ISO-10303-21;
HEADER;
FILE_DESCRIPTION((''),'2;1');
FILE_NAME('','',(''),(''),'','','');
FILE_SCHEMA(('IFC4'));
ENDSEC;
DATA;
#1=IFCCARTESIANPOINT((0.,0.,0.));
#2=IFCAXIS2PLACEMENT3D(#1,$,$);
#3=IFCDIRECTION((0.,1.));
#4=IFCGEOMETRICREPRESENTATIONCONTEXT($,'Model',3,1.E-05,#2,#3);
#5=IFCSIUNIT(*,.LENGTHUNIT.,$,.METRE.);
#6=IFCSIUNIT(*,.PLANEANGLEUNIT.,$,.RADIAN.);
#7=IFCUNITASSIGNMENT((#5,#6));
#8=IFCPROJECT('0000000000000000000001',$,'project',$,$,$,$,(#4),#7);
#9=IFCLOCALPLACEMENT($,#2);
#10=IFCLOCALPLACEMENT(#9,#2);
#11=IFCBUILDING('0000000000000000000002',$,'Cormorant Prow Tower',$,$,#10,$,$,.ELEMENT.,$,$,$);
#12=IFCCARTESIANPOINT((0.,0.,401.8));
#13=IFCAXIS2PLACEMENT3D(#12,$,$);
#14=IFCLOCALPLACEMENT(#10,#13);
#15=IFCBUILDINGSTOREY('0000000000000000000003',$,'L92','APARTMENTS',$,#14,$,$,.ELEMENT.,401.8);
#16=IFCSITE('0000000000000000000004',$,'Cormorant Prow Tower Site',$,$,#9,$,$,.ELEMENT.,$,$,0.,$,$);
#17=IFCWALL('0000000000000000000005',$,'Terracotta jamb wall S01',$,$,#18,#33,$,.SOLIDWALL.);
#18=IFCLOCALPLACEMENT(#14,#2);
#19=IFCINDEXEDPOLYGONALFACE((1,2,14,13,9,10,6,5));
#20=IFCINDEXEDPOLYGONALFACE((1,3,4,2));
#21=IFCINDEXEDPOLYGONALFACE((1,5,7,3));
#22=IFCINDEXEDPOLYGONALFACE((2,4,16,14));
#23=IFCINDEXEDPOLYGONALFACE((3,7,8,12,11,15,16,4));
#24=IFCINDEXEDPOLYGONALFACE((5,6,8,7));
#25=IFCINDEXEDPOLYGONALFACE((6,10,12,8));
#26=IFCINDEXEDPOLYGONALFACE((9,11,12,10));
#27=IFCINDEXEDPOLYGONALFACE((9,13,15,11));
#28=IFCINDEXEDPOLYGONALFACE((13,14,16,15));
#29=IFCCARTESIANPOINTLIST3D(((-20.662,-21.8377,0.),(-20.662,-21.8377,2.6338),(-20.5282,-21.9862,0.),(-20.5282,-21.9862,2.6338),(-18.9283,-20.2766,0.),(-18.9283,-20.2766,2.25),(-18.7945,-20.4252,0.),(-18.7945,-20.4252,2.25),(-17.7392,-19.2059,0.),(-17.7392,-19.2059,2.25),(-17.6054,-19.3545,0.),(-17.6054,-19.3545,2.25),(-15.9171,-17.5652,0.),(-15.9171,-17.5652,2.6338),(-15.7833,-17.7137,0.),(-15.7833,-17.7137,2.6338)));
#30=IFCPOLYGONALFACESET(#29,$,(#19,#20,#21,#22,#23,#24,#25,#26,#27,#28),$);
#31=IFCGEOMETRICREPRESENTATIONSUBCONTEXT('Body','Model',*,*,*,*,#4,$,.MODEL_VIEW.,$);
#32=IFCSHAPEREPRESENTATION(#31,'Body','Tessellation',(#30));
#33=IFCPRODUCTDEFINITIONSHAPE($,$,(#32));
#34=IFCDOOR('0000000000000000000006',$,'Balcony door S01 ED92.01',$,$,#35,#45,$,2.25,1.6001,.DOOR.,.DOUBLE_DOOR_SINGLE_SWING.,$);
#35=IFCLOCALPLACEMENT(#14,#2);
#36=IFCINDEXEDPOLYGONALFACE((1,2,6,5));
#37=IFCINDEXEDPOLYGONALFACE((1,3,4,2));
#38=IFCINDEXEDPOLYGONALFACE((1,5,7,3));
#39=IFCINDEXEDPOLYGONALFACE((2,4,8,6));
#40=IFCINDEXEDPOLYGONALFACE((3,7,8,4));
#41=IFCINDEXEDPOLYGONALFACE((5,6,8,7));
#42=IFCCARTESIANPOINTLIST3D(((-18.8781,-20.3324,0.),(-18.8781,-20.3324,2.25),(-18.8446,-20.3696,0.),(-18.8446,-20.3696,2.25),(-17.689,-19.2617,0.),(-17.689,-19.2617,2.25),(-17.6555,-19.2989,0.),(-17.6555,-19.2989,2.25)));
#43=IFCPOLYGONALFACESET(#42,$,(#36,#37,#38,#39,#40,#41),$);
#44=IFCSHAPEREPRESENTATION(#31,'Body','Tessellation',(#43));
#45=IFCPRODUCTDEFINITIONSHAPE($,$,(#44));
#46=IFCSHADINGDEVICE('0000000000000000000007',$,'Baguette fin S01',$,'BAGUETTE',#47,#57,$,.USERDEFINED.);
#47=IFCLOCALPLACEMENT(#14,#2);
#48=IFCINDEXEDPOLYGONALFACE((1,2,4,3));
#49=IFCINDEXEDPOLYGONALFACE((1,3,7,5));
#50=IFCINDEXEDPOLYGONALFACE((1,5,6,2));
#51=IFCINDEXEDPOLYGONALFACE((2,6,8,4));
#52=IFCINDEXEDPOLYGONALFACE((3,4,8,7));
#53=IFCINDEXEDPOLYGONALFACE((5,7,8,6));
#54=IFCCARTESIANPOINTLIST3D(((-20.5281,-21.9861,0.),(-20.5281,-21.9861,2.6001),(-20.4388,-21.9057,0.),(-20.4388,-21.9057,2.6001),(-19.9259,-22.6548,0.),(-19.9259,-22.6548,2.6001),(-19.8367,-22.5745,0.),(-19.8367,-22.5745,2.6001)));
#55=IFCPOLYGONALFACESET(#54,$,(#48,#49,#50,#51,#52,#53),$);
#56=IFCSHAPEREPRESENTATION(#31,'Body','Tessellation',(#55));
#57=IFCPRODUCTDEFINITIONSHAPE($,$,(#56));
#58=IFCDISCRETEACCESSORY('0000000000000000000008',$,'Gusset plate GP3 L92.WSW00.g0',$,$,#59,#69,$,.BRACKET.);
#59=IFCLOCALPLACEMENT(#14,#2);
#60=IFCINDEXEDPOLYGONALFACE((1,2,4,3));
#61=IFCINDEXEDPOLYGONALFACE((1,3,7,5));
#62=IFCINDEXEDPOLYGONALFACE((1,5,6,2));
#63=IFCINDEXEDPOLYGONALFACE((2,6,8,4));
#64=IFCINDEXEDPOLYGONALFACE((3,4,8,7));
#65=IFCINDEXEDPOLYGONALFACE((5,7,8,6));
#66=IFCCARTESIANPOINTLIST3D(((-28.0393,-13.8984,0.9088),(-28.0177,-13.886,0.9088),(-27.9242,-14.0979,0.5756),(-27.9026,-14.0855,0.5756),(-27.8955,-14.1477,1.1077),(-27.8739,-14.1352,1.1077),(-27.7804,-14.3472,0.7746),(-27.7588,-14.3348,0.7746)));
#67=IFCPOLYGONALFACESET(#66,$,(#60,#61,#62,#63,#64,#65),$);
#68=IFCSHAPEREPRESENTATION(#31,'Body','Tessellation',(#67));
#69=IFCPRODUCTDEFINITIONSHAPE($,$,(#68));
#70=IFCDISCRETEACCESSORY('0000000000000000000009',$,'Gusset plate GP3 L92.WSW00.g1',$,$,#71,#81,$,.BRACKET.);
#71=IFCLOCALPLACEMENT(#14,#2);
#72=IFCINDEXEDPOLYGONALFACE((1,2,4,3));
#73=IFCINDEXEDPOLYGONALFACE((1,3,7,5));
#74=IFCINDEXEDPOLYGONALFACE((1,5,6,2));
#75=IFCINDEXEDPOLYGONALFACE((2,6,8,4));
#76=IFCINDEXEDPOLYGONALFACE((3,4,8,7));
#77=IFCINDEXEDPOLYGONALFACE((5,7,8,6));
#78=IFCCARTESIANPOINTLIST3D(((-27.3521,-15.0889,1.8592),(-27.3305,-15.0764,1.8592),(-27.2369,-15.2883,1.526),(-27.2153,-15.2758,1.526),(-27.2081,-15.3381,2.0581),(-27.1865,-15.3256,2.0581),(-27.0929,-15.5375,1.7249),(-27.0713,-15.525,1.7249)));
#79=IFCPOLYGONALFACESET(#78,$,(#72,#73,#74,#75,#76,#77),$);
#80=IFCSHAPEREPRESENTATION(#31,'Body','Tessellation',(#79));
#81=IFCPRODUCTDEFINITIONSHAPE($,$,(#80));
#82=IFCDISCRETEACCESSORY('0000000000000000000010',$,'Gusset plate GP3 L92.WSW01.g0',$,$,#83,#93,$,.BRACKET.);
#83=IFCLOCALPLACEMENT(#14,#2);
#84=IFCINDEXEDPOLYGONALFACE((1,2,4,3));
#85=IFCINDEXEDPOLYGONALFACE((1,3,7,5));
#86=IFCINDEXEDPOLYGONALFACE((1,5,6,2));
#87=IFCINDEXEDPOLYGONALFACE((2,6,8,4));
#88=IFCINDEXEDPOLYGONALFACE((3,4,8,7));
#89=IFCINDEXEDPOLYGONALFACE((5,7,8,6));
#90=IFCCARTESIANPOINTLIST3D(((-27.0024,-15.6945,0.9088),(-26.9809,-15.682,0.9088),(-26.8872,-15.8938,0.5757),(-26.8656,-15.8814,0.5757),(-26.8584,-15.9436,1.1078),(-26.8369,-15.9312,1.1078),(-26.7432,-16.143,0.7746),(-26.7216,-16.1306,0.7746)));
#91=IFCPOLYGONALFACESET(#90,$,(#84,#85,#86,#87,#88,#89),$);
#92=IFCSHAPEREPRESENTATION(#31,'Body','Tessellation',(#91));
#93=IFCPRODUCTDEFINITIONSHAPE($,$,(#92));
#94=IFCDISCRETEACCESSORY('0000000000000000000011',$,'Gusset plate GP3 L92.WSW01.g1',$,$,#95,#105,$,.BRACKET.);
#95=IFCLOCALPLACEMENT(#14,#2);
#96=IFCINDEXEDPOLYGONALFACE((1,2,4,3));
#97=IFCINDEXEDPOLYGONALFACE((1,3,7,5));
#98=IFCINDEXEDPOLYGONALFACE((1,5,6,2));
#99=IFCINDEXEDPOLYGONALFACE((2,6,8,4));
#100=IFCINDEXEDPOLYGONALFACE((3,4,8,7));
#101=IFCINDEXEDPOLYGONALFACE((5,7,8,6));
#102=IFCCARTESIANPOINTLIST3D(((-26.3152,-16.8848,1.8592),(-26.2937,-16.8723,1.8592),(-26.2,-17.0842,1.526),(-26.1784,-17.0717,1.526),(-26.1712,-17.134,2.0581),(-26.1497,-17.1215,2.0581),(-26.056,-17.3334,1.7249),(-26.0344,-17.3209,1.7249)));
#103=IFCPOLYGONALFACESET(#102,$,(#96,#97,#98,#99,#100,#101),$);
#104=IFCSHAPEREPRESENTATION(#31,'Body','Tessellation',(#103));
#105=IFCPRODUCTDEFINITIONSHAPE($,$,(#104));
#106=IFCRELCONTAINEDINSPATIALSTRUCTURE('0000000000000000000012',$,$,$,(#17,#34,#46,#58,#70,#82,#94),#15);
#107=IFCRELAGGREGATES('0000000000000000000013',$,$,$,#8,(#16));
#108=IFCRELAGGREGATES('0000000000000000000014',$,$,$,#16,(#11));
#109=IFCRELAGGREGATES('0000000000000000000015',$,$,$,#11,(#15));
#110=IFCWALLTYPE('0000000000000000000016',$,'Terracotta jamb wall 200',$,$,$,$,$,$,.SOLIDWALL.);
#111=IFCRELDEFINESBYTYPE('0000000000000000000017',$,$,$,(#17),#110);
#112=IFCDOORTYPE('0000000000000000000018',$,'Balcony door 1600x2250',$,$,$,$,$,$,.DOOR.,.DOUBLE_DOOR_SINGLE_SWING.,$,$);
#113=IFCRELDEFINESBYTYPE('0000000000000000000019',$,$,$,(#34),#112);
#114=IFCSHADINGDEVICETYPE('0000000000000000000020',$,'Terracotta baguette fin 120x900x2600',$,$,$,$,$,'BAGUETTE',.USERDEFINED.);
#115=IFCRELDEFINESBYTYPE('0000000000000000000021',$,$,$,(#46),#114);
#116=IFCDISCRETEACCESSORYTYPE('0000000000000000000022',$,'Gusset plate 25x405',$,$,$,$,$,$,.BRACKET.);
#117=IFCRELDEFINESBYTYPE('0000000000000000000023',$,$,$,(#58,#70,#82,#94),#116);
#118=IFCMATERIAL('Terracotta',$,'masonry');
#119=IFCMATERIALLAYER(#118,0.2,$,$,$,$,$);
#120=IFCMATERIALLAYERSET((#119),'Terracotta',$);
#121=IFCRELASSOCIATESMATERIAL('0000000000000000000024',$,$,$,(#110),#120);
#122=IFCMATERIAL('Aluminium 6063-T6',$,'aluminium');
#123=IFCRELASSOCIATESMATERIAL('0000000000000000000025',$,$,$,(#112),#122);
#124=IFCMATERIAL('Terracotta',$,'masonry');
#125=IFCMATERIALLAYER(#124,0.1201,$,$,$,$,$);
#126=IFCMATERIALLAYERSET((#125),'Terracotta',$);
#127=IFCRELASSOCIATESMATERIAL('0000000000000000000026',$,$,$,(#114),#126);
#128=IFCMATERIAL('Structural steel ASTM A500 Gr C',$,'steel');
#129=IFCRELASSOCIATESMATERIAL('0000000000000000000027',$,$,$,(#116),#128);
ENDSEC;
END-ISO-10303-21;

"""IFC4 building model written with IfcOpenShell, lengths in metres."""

from ifc_helpers import new_model, si_unit, direction, frame, frame_2d, origin, origin_2d, place, context, subcontext, project, spatial, rectangle, extrude, material, layer, layer_set, material_profile, profile_set, type_object, element, fill, save


model = new_model("IFC4")

# Units and contexts
model_context = context("Model", 3, precision=1e-05, world=origin(), true_north=direction((0.0, 1.0)))
body_context = subcontext(model_context, "Body", "Model", "MODEL_VIEW")
ifc_project = project(units=[si_unit("LENGTHUNIT", "METRE"), si_unit("PLANEANGLEUNIT", "RADIAN")], contexts=[model_context])

# Site, building, storey
site_placement = place(None, origin())
site = spatial("IfcSite", under=ifc_project, at=site_placement, Name="Cormorant Prow Tower Site", CompositionType="ELEMENT", RefElevation=0.0)
building_placement = place(site_placement, origin())
building = spatial("IfcBuilding", under=site, at=building_placement, Name="Cormorant Prow Tower", CompositionType="ELEMENT")
storey_placement = place(building_placement, frame((0.0, 0.0, 401.8)))
storey = spatial("IfcBuildingStorey", under=building, at=storey_placement, Name="L92", Description="APARTMENTS", CompositionType="ELEMENT", Elevation=401.8)

# Wall, opening, door
ifc_material_1 = material(Name="Terracotta", Category="masonry")
ifc_layer_1 = layer(ifc_material_1, 0.2)
ifc_layer_set_1 = layer_set([ifc_layer_1], Name="Terracotta")
wall_type_1 = type_object("IfcWallType", Name="Terracotta jamb wall 200", PredefinedType="SOLIDWALL", material=ifc_layer_set_1)
wall_1_placement = place(storey_placement, frame((-20.595, -21.9119, 0.0), z_axis=(0.0, 0.0, 1.0), x_axis=(0.743133, 0.669144, 0.0)))
wall_1 = element("IfcWall", 1, at=wall_1_placement, inside=storey, type_object=wall_type_1, Name="Terracotta jamb wall S01", PredefinedType="SOLIDWALL", context=body_context, shape_type="SweptSolid", body=[
    extrude(rectangle(XDim=6.385, YDim=0.2, at=frame_2d((3.1924, 0.0))), origin(), (0.0, 0.0, 1.0), 2.6338),
])
opening_1_placement = place(wall_1_placement, frame((2.3328, 0.0, 0.0)))
opening_1 = element("IfcOpeningElement", 2, at=opening_1_placement, cuts=wall_1, PredefinedType="OPENING", context=body_context, shape_type="SweptSolid", body=[
    extrude(rectangle(XDim=1.6001, YDim=2.25, at=frame_2d((0.8, 1.125))), frame((0.0, 0.1099, 0.0), z_axis=(0.0, -1.0, 0.0), x_axis=(1.0, 0.0, 0.0)), (0.0, 0.0, 1.0), 0.22),
])
ifc_material_2 = material(Name="Aluminium 6063-T6", Category="aluminium")
door_type_1 = type_object("IfcDoorType", Name="Balcony door 1600x2250", OperationType="DOUBLE_DOOR_SINGLE_SWING", PredefinedType="DOOR", material=ifc_material_2)
door_1_placement = place(opening_1_placement, origin())
door_1 = element("IfcDoor", 3, at=door_1_placement, inside=storey, type_object=door_type_1, Name="Balcony door S01 ED92.01", OperationType="DOUBLE_DOOR_SINGLE_SWING", OverallHeight=2.25, OverallWidth=1.6001, PredefinedType="DOOR", context=body_context, shape_type="SweptSolid", body=[
    extrude(rectangle(XDim=1.6001, YDim=2.25, at=frame_2d((0.8, 1.125))), frame((0.0, 0.0249, 0.0), z_axis=(0.0, -1.0, 0.0), x_axis=(1.0, 0.0, 0.0)), (0.0, 0.0, 1.0), 0.05),
])
fill(opening_1, door_1)

# Shading device
ifc_material_3 = material(Name="Terracotta", Category="masonry")
ifc_layer_2 = layer(ifc_material_3, 0.1201)
ifc_layer_set_2 = layer_set([ifc_layer_2], Name="Terracotta")
shading_device_type = type_object("IfcShadingDeviceType", Name="Terracotta baguette fin 120x900x2600", ElementType="BAGUETTE", PredefinedType="USERDEFINED", material=ifc_layer_set_2)
shading_device_placement = place(storey_placement, frame((-20.1824, -22.2803, 0.0), z_axis=(0.0, 0.0, 1.0), x_axis=(0.743145, 0.669131, 0.0)))
element("IfcShadingDevice", 4, at=shading_device_placement, inside=storey, type_object=shading_device_type, Name="Baguette fin S01", ObjectType="BAGUETTE", PredefinedType="USERDEFINED", context=body_context, shape_type="SweptSolid", body=[
    extrude(rectangle(XDim=0.1201, YDim=0.8999, at=origin_2d()), origin(), (0.0, 0.0, 1.0), 2.6001),
])

# Discrete accessories
ifc_material_4 = material(Name="Structural steel ASTM A500 Gr C", Category="steel")
ifc_material_profile_1 = material_profile(ifc_material_4, rectangle(XDim=0.0249, YDim=0.405, at=origin_2d()), Name="Gusset plate 25x405")
ifc_profile_set_1 = profile_set([ifc_material_profile_1], Name="Structural steel ASTM A500 Gr C")
discrete_accessory_type = type_object("IfcDiscreteAccessoryType", Name="Gusset plate 25x405", PredefinedType="BRACKET", material=ifc_profile_set_1)
for number, where, z_axis, x_axis, name in (
    (5, (-27.8271, -14.2412, 0.9412), (-0.411016, 0.712474, -0.568723), (-0.8662, -0.499698, 0.0), "Gusset plate GP3 L92.WSW00.g0"),
    (6, (-27.2837, -15.1824, 1.6926), (0.411596, -0.71227, 0.56856), (0.865832, 0.500334, 0.0), "Gusset plate GP3 L92.WSW00.g1"),
    (7, (-26.79, -16.0371, 0.9412), (-0.411596, 0.71227, -0.56856), (-0.865832, -0.500334, 0.0), "Gusset plate GP3 L92.WSW01.g0"),
    (8, (-26.2468, -16.9783, 1.6926), (0.411596, -0.71227, 0.56856), (0.865832, 0.500334, 0.0), "Gusset plate GP3 L92.WSW01.g1"),
):
    element("IfcDiscreteAccessory", number, at=place(storey_placement, frame(where, z_axis=z_axis, x_axis=x_axis)), inside=storey, type_object=discrete_accessory_type, Name=name, PredefinedType="BRACKET", context=body_context, shape_type="SweptSolid", body=[
        extrude(rectangle(XDim=0.0249, YDim=0.405, at=origin_2d()), origin(), (0.0, 0.0, 1.0), 0.3499),
    ])

save(model, "model.ifc")
